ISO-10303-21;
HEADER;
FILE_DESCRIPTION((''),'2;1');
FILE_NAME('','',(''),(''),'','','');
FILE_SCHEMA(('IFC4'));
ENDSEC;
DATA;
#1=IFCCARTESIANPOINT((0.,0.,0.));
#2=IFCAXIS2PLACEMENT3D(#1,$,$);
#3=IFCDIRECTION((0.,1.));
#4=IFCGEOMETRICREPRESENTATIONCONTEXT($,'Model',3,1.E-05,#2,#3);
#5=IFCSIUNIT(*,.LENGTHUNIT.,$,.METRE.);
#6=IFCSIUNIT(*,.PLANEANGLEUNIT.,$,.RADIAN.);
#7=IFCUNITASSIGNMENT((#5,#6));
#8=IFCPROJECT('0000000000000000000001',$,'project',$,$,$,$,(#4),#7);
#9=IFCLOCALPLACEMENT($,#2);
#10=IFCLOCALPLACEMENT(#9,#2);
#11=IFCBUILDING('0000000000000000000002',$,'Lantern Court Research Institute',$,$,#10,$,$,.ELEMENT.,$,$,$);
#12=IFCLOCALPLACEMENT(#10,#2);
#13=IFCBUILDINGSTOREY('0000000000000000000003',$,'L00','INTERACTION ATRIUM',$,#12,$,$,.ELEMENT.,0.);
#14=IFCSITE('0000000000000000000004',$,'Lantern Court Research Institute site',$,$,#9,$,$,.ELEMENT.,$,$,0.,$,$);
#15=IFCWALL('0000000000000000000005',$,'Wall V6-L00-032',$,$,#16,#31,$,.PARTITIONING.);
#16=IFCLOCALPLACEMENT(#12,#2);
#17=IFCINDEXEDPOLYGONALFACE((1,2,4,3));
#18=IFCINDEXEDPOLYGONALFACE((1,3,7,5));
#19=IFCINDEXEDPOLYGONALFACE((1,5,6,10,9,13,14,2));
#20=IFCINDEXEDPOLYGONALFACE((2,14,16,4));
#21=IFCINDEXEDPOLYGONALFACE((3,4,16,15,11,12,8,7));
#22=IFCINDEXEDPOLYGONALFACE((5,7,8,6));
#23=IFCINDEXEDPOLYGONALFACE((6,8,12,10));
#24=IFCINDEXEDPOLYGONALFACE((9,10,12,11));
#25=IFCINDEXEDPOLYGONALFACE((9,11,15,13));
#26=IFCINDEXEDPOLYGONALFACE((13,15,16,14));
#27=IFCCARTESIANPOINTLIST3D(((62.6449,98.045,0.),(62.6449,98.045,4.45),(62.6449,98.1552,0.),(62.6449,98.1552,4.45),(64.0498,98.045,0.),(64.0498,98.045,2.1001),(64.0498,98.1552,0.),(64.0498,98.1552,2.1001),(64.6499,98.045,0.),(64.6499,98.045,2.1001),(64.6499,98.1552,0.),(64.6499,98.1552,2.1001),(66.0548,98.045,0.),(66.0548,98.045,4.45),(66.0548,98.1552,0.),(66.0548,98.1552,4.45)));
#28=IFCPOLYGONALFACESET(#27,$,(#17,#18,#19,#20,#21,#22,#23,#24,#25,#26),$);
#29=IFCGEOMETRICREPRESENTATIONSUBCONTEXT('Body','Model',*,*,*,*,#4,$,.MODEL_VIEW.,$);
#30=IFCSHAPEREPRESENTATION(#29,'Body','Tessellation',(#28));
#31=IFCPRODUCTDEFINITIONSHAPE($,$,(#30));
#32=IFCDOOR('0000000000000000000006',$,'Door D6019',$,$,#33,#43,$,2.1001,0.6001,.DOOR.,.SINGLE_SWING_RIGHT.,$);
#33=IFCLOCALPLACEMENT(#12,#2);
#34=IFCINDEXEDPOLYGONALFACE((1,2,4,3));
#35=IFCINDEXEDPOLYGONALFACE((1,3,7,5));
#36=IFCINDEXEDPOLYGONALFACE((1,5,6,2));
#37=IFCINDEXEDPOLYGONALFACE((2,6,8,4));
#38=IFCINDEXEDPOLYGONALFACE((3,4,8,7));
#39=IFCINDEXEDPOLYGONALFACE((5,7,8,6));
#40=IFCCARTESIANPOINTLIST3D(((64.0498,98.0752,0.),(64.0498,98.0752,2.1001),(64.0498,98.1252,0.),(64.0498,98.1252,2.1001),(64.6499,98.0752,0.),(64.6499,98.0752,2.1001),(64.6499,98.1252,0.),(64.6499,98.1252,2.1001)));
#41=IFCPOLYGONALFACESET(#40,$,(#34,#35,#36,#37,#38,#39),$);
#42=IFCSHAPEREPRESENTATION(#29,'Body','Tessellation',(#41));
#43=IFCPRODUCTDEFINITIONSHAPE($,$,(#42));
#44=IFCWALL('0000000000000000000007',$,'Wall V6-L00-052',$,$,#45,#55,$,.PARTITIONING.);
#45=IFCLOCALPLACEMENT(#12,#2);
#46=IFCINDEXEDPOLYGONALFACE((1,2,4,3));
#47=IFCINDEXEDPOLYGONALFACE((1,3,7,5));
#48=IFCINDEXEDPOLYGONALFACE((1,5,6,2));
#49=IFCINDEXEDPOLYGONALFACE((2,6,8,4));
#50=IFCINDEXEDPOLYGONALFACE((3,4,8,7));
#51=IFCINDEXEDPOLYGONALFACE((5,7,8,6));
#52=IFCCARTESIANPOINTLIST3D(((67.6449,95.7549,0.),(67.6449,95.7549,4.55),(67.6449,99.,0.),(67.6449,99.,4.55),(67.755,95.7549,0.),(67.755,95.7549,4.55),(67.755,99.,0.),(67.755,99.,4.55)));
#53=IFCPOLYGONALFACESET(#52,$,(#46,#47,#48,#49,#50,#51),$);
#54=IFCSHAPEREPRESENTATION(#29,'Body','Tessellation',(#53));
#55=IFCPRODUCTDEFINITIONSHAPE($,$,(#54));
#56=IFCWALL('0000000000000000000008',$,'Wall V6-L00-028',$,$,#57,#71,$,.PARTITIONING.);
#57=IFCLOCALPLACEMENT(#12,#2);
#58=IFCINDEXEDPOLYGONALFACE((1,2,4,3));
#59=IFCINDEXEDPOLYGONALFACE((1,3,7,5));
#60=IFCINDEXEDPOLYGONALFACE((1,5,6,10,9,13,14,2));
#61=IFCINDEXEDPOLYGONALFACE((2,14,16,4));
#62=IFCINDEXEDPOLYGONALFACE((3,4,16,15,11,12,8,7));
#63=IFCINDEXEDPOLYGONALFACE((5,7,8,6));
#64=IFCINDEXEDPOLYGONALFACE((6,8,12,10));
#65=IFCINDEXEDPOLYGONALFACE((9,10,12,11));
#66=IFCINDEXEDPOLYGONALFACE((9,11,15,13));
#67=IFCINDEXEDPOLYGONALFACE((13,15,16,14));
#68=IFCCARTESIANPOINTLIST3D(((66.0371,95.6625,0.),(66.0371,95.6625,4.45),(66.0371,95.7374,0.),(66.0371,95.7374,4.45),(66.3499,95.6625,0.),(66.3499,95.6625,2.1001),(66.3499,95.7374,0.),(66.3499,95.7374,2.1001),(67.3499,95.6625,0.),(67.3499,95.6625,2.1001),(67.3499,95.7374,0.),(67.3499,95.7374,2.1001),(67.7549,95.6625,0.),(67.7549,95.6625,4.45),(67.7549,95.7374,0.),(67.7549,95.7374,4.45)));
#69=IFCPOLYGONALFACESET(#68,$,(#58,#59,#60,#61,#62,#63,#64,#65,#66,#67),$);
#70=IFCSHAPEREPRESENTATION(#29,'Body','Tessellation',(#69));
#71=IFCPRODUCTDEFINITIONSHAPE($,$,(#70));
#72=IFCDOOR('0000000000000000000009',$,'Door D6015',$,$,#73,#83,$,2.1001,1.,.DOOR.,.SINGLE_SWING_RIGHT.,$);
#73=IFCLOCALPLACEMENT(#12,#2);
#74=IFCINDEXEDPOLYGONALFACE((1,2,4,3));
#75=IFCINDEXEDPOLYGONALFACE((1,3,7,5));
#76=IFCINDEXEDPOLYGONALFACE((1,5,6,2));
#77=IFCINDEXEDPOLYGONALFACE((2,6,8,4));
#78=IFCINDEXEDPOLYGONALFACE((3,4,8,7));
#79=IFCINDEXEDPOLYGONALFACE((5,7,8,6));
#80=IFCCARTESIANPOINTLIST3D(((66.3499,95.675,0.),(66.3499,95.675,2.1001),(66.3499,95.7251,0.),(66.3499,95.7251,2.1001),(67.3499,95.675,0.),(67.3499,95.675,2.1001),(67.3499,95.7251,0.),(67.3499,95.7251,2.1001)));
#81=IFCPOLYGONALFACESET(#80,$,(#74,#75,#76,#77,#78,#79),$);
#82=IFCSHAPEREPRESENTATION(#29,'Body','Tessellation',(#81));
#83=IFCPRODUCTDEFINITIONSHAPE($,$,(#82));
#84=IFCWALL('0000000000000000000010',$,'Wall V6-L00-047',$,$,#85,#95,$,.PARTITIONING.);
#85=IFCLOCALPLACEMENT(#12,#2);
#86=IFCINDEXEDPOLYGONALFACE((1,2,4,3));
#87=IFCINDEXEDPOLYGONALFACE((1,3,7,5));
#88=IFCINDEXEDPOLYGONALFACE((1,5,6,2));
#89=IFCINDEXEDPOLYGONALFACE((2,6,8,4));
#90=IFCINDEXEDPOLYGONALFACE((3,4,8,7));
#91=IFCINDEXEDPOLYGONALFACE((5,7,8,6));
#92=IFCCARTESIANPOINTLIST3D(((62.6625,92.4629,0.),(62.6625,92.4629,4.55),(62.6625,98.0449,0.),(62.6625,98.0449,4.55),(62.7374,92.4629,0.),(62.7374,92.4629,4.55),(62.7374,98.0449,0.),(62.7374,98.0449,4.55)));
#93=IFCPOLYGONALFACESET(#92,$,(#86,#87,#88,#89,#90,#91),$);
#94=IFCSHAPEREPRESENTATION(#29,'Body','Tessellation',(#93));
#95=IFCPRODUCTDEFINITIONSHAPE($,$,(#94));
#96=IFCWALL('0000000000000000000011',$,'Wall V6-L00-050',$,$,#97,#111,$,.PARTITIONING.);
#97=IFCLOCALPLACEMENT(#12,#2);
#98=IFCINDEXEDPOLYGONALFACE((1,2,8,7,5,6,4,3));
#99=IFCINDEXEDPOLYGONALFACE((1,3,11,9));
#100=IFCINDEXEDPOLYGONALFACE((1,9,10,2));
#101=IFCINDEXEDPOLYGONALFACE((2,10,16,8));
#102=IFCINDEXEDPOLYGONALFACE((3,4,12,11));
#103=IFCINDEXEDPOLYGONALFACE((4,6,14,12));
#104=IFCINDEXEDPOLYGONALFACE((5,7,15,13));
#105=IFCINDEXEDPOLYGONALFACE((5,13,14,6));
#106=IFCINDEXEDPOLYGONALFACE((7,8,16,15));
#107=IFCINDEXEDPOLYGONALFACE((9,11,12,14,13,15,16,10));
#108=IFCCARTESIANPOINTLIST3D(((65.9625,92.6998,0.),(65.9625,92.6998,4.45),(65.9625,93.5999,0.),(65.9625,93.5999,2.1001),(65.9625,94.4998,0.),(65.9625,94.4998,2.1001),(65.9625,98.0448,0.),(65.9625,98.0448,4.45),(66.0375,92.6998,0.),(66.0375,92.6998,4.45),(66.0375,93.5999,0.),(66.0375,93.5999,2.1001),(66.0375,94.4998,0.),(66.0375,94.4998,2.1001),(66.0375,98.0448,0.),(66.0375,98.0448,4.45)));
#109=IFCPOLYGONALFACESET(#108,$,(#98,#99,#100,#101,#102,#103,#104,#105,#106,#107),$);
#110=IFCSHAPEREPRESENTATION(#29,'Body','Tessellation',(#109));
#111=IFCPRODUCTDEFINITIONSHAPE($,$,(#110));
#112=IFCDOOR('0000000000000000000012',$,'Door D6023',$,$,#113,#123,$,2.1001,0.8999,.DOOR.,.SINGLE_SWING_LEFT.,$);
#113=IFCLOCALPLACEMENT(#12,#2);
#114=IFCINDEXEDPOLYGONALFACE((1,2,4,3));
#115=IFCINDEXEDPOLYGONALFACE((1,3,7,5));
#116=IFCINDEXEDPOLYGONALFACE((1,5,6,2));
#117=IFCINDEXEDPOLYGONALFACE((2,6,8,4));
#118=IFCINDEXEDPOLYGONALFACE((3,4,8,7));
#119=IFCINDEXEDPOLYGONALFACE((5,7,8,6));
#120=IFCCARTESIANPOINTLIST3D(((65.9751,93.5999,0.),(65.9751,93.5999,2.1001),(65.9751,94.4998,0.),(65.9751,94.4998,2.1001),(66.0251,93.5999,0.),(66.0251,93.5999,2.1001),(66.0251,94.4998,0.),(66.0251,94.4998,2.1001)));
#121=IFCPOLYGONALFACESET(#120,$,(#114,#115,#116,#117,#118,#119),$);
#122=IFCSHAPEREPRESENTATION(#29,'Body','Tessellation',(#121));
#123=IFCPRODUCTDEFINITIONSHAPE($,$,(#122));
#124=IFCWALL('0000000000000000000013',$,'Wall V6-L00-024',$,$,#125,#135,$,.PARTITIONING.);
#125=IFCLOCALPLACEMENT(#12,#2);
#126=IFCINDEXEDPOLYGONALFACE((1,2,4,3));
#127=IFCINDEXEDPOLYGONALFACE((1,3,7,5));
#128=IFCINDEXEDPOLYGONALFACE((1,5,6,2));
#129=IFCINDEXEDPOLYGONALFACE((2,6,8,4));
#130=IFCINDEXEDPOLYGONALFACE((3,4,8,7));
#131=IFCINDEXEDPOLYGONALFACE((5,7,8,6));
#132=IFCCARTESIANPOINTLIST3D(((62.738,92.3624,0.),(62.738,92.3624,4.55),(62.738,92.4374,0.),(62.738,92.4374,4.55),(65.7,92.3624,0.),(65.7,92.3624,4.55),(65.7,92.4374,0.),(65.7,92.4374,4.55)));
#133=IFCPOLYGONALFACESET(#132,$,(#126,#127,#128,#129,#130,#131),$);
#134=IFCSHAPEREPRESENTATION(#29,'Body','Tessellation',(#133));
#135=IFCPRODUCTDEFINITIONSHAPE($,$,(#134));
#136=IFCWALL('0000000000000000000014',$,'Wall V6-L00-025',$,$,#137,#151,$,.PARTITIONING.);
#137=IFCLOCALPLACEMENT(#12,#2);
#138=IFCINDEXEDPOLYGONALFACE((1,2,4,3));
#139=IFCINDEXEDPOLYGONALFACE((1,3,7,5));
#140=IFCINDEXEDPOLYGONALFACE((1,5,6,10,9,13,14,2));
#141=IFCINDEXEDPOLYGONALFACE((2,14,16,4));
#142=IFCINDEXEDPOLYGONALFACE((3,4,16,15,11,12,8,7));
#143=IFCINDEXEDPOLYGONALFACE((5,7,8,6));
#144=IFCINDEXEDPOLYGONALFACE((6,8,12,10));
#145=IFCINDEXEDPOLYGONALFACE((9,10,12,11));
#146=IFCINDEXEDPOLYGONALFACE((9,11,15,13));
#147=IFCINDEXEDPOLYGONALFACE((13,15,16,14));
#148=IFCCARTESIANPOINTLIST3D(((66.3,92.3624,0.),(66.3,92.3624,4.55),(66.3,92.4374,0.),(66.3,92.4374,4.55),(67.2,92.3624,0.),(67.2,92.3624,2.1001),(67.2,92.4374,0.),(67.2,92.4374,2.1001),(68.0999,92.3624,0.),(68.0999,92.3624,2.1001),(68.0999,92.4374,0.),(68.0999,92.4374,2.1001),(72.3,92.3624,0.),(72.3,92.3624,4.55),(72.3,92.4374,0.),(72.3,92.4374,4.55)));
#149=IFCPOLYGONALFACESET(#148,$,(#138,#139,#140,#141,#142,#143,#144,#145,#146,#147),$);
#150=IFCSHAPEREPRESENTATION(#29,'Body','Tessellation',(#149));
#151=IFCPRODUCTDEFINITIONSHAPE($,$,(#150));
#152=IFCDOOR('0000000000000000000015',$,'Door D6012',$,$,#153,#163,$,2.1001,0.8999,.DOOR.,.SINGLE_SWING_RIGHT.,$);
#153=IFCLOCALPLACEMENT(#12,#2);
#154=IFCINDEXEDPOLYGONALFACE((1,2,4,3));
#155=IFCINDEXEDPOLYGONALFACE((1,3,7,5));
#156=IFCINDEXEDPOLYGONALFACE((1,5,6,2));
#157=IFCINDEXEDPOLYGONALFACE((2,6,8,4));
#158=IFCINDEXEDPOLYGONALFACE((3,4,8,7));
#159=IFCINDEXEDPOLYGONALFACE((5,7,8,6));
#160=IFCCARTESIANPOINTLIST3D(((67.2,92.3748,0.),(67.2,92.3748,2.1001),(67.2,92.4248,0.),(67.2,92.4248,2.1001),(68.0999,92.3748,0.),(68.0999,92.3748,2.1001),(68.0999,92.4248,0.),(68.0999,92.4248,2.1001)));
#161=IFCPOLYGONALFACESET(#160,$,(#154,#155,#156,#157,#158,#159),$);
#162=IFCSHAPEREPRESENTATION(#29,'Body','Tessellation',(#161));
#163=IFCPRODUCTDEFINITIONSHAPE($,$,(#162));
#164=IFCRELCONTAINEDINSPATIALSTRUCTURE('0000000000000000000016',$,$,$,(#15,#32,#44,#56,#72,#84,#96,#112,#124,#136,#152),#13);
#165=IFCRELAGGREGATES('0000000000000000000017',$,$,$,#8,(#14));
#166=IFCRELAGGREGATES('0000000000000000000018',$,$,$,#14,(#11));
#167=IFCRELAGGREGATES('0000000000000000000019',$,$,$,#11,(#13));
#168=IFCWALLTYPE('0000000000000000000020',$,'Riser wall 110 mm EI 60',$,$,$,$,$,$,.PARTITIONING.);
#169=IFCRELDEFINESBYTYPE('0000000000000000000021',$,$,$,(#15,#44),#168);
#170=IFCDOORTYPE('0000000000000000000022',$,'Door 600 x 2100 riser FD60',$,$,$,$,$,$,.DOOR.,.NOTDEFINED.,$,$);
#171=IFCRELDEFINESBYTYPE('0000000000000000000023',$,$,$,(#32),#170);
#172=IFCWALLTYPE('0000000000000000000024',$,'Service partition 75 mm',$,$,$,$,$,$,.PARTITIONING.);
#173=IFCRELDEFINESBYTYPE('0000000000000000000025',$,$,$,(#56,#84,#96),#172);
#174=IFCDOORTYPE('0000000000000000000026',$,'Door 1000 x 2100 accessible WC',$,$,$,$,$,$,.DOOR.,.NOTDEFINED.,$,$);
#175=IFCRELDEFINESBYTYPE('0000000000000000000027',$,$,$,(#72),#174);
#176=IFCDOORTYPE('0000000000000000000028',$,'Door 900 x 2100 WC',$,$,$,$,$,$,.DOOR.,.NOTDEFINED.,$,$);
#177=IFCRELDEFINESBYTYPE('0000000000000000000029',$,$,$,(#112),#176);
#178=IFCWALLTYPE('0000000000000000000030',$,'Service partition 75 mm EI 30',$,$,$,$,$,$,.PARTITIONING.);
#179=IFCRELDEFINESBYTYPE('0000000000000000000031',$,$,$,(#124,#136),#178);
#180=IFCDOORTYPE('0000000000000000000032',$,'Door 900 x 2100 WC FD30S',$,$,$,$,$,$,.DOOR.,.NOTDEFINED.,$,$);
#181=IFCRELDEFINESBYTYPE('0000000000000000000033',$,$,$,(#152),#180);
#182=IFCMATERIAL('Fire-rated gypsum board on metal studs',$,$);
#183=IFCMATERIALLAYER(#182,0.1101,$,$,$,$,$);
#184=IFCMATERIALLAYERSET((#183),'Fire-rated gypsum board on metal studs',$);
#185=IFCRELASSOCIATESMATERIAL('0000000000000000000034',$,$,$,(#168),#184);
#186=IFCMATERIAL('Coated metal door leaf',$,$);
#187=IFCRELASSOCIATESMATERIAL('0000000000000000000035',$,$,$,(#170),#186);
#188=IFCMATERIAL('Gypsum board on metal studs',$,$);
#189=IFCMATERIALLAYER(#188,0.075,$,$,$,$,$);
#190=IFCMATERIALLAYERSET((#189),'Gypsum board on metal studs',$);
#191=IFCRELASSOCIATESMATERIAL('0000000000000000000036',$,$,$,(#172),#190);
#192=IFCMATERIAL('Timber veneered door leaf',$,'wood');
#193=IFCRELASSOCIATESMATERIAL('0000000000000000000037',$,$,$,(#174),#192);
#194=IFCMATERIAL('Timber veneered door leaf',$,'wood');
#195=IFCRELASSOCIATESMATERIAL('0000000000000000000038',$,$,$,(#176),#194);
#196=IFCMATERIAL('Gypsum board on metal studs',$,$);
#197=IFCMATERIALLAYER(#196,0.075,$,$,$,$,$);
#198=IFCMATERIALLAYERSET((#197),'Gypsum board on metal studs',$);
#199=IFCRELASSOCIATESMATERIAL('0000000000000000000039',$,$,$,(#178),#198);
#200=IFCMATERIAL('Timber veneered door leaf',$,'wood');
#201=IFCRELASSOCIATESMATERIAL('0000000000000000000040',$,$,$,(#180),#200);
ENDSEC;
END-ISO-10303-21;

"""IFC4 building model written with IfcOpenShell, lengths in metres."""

from ifc_helpers import new_model, si_unit, direction, frame, frame_2d, origin, place, context, subcontext, project, spatial, rectangle, extrude, material, layer, layer_set, type_object, element, fill, save


model = new_model("IFC4")

# Units and contexts
model_context = context("Model", 3, precision=1e-05, world=origin(), true_north=direction((0.0, 1.0)))
body_context = subcontext(model_context, "Body", "Model", "MODEL_VIEW")
ifc_project = project(units=[si_unit("LENGTHUNIT", "METRE"), si_unit("PLANEANGLEUNIT", "RADIAN")], contexts=[model_context])

# Site, building, storey
site_placement = place(None, origin())
site = spatial("IfcSite", under=ifc_project, at=site_placement, Name="Lantern Court Research Institute site", CompositionType="ELEMENT", RefElevation=0.0)
building_placement = place(site_placement, origin())
building = spatial("IfcBuilding", under=site, at=building_placement, Name="Lantern Court Research Institute", CompositionType="ELEMENT")
storey_placement = place(building_placement, origin())
storey = spatial("IfcBuildingStorey", under=building, at=storey_placement, Name="L00", Description="INTERACTION ATRIUM", CompositionType="ELEMENT", Elevation=0.0)

# Wall, opening, door
ifc_material_1 = material(Name="Fire-rated gypsum board on metal studs")
ifc_layer_1 = layer(ifc_material_1, 0.1101)
ifc_layer_set_1 = layer_set([ifc_layer_1], Name="Fire-rated gypsum board on metal studs")
wall_type_1 = type_object("IfcWallType", Name="Riser wall 110 mm EI 60", PredefinedType="PARTITIONING", material=ifc_layer_set_1)
wall_1_placement = place(storey_placement, frame((66.0549, 98.1001, 0.0), z_axis=(0.0, 0.0, 1.0), x_axis=(-1.0, 0.0, 0.0)))
wall_1 = element("IfcWall", 1, at=wall_1_placement, inside=storey, type_object=wall_type_1, Name="Wall V6-L00-032", PredefinedType="PARTITIONING", context=body_context, shape_type="SweptSolid", body=[
    extrude(rectangle(XDim=3.4099, YDim=0.1101, at=frame_2d((1.7051, 0.0))), origin(), (0.0, 0.0, 1.0), 4.45),
])
opening_1_placement = place(wall_1_placement, frame((1.405, 0.0, 0.0)))
opening_1 = element("IfcOpeningElement", 2, at=opening_1_placement, cuts=wall_1, PredefinedType="OPENING", context=body_context, shape_type="SweptSolid", body=[
    extrude(rectangle(XDim=0.6001, YDim=2.1001, at=frame_2d((0.3, 1.05))), frame((0.0, 0.0649, 0.0), z_axis=(0.0, -1.0, 0.0), x_axis=(1.0, 0.0, 0.0)), (0.0, 0.0, 1.0), 0.1301),
])
ifc_material_2 = material(Name="Coated metal door leaf")
door_type_1 = type_object("IfcDoorType", Name="Door 600 x 2100 riser FD60", OperationType="NOTDEFINED", PredefinedType="DOOR", material=ifc_material_2)
door_1_placement = place(opening_1_placement, origin())
door_1 = element("IfcDoor", 3, at=door_1_placement, inside=storey, type_object=door_type_1, Name="Door D6019", OperationType="SINGLE_SWING_RIGHT", OverallHeight=2.1001, OverallWidth=0.6001, PredefinedType="DOOR", context=body_context, shape_type="SweptSolid", body=[
    extrude(rectangle(XDim=0.6001, YDim=2.1001, at=frame_2d((0.3, 1.05))), frame((0.0, 0.0249, 0.0), z_axis=(0.0, -1.0, 0.0), x_axis=(1.0, 0.0, 0.0)), (0.0, 0.0, 1.0), 0.05),
])
fill(opening_1, door_1)

# Wall
wall_2_placement = place(storey_placement, frame((67.7, 95.7549, 0.0), z_axis=(0.0, 0.0, 1.0), x_axis=(0.0, 1.0, 0.0)))
element("IfcWall", 4, at=wall_2_placement, inside=storey, type_object=wall_type_1, Name="Wall V6-L00-052", PredefinedType="PARTITIONING", context=body_context, shape_type="SweptSolid", body=[
    extrude(rectangle(XDim=3.2451, YDim=0.1101, at=frame_2d((1.6226, 0.0))), origin(), (0.0, 0.0, 1.0), 4.55),
])

# Wall, opening, door
ifc_material_3 = material(Name="Gypsum board on metal studs")
ifc_layer_2 = layer(ifc_material_3, 0.075)
ifc_layer_set_2 = layer_set([ifc_layer_2], Name="Gypsum board on metal studs")
wall_type_2 = type_object("IfcWallType", Name="Service partition 75 mm", PredefinedType="PARTITIONING", material=ifc_layer_set_2)
wall_3_placement = place(storey_placement, frame((67.7549, 95.7, 0.0), z_axis=(0.0, 0.0, 1.0), x_axis=(-1.0, 0.0, 0.0)))
wall_3 = element("IfcWall", 5, at=wall_3_placement, inside=storey, type_object=wall_type_2, Name="Wall V6-L00-028", PredefinedType="PARTITIONING", context=body_context, shape_type="SweptSolid", body=[
    extrude(rectangle(XDim=1.7178, YDim=0.075, at=frame_2d((0.8589, 0.0))), origin(), (0.0, 0.0, 1.0), 4.45),
])
opening_2_placement = place(wall_3_placement, frame((0.405, 0.0, 0.0)))
opening_2 = element("IfcOpeningElement", 6, at=opening_2_placement, cuts=wall_3, PredefinedType="OPENING", context=body_context, shape_type="SweptSolid", body=[
    extrude(rectangle(XDim=1.0, YDim=2.1001, at=frame_2d((0.5, 1.05))), frame((0.0, 0.0474, 0.0), z_axis=(0.0, -1.0, 0.0), x_axis=(1.0, 0.0, 0.0)), (0.0, 0.0, 1.0), 0.095),
])
ifc_material_4 = material(Name="Timber veneered door leaf", Category="wood")
door_type_2 = type_object("IfcDoorType", Name="Door 1000 x 2100 accessible WC", OperationType="NOTDEFINED", PredefinedType="DOOR", material=ifc_material_4)
door_2_placement = place(opening_2_placement, origin())
door_2 = element("IfcDoor", 7, at=door_2_placement, inside=storey, type_object=door_type_2, Name="Door D6015", OperationType="SINGLE_SWING_RIGHT", OverallHeight=2.1001, OverallWidth=1.0, PredefinedType="DOOR", context=body_context, shape_type="SweptSolid", body=[
    extrude(rectangle(XDim=1.0, YDim=2.1001, at=frame_2d((0.5, 1.05))), frame((0.0, 0.0249, 0.0), z_axis=(0.0, -1.0, 0.0), x_axis=(1.0, 0.0, 0.0)), (0.0, 0.0, 1.0), 0.05),
])
fill(opening_2, door_2)

# Wall
wall_4_placement = place(storey_placement, frame((62.7, 92.4629, 0.0), z_axis=(0.0, 0.0, 1.0), x_axis=(0.0, 1.0, 0.0)))
element("IfcWall", 8, at=wall_4_placement, inside=storey, type_object=wall_type_2, Name="Wall V6-L00-047", PredefinedType="PARTITIONING", context=body_context, shape_type="SweptSolid", body=[
    extrude(rectangle(XDim=5.582, YDim=0.075, at=frame_2d((2.791, 0.0))), origin(), (0.0, 0.0, 1.0), 4.55),
])

# Wall, opening, door
wall_5_placement = place(storey_placement, frame((66.0, 92.7, 0.0), z_axis=(0.0, 0.0, 1.0), x_axis=(0.0, 1.0, 0.0)))
wall_5 = element("IfcWall", 9, at=wall_5_placement, inside=storey, type_object=wall_type_2, Name="Wall V6-L00-050", PredefinedType="PARTITIONING", context=body_context, shape_type="SweptSolid", body=[
    extrude(rectangle(XDim=5.345, YDim=0.075, at=frame_2d((2.6724, 0.0))), origin(), (0.0, 0.0, 1.0), 4.45),
])
opening_3_placement = place(wall_5_placement, frame((0.8999, 0.0, 0.0)))
opening_3 = element("IfcOpeningElement", 10, at=opening_3_placement, cuts=wall_5, PredefinedType="OPENING", context=body_context, shape_type="SweptSolid", body=[
    extrude(rectangle(XDim=0.8999, YDim=2.1001, at=frame_2d((0.45, 1.05))), frame((0.0, 0.0474, 0.0), z_axis=(0.0, -1.0, 0.0), x_axis=(1.0, 0.0, 0.0)), (0.0, 0.0, 1.0), 0.095),
])
ifc_material_5 = material(Name="Timber veneered door leaf", Category="wood")
door_type_3 = type_object("IfcDoorType", Name="Door 900 x 2100 WC", OperationType="NOTDEFINED", PredefinedType="DOOR", material=ifc_material_5)
door_3_placement = place(opening_3_placement, origin())
door_3 = element("IfcDoor", 11, at=door_3_placement, inside=storey, type_object=door_type_3, Name="Door D6023", OperationType="SINGLE_SWING_LEFT", OverallHeight=2.1001, OverallWidth=0.8999, PredefinedType="DOOR", context=body_context, shape_type="SweptSolid", body=[
    extrude(rectangle(XDim=0.8999, YDim=2.1001, at=frame_2d((0.45, 1.05))), frame((0.0, 0.0249, 0.0), z_axis=(0.0, -1.0, 0.0), x_axis=(1.0, 0.0, 0.0)), (0.0, 0.0, 1.0), 0.05),
])
fill(opening_3, door_3)

# Wall
ifc_material_6 = material(Name="Gypsum board on metal studs")
ifc_layer_3 = layer(ifc_material_6, 0.075)
ifc_layer_set_3 = layer_set([ifc_layer_3], Name="Gypsum board on metal studs")
wall_type_3 = type_object("IfcWallType", Name="Service partition 75 mm EI 30", PredefinedType="PARTITIONING", material=ifc_layer_set_3)
wall_6_placement = place(storey_placement, frame((62.738, 92.3999, 0.0), z_axis=(0.0, 0.0, 1.0), x_axis=(1.0, 0.0, 0.0)))
element("IfcWall", 12, at=wall_6_placement, inside=storey, type_object=wall_type_3, Name="Wall V6-L00-024", PredefinedType="PARTITIONING", context=body_context, shape_type="SweptSolid", body=[
    extrude(rectangle(XDim=2.9619, YDim=0.075, at=frame_2d((1.481, 0.0))), origin(), (0.0, 0.0, 1.0), 4.55),
])

# Wall, opening, door
wall_7_placement = place(storey_placement, frame((66.3, 92.3999, 0.0), z_axis=(0.0, 0.0, 1.0), x_axis=(1.0, 0.0, 0.0)))
wall_7 = element("IfcWall", 13, at=wall_7_placement, inside=storey, type_object=wall_type_3, Name="Wall V6-L00-025", PredefinedType="PARTITIONING", context=body_context, shape_type="SweptSolid", body=[
    extrude(rectangle(XDim=6.0, YDim=0.075, at=frame_2d((3.0, 0.0))), origin(), (0.0, 0.0, 1.0), 4.55),
])
opening_4_placement = place(wall_7_placement, frame((0.8999, 0.0, 0.0)))
opening_4 = element("IfcOpeningElement", 14, at=opening_4_placement, cuts=wall_7, PredefinedType="OPENING", context=body_context, shape_type="SweptSolid", body=[
    extrude(rectangle(XDim=0.8999, YDim=2.1001, at=frame_2d((0.45, 1.05))), frame((0.0, 0.0474, 0.0), z_axis=(0.0, -1.0, 0.0), x_axis=(1.0, 0.0, 0.0)), (0.0, 0.0, 1.0), 0.095),
])
ifc_material_7 = material(Name="Timber veneered door leaf", Category="wood")
door_type_4 = type_object("IfcDoorType", Name="Door 900 x 2100 WC FD30S", OperationType="NOTDEFINED", PredefinedType="DOOR", material=ifc_material_7)
door_4_placement = place(opening_4_placement, origin())
door_4 = element("IfcDoor", 15, at=door_4_placement, inside=storey, type_object=door_type_4, Name="Door D6012", OperationType="SINGLE_SWING_RIGHT", OverallHeight=2.1001, OverallWidth=0.8999, PredefinedType="DOOR", context=body_context, shape_type="SweptSolid", body=[
    extrude(rectangle(XDim=0.8999, YDim=2.1001, at=frame_2d((0.45, 1.05))), frame((0.0, 0.0249, 0.0), z_axis=(0.0, -1.0, 0.0), x_axis=(1.0, 0.0, 0.0)), (0.0, 0.0, 1.0), 0.05),
])
fill(opening_4, door_4)

save(model, "model.ifc")
